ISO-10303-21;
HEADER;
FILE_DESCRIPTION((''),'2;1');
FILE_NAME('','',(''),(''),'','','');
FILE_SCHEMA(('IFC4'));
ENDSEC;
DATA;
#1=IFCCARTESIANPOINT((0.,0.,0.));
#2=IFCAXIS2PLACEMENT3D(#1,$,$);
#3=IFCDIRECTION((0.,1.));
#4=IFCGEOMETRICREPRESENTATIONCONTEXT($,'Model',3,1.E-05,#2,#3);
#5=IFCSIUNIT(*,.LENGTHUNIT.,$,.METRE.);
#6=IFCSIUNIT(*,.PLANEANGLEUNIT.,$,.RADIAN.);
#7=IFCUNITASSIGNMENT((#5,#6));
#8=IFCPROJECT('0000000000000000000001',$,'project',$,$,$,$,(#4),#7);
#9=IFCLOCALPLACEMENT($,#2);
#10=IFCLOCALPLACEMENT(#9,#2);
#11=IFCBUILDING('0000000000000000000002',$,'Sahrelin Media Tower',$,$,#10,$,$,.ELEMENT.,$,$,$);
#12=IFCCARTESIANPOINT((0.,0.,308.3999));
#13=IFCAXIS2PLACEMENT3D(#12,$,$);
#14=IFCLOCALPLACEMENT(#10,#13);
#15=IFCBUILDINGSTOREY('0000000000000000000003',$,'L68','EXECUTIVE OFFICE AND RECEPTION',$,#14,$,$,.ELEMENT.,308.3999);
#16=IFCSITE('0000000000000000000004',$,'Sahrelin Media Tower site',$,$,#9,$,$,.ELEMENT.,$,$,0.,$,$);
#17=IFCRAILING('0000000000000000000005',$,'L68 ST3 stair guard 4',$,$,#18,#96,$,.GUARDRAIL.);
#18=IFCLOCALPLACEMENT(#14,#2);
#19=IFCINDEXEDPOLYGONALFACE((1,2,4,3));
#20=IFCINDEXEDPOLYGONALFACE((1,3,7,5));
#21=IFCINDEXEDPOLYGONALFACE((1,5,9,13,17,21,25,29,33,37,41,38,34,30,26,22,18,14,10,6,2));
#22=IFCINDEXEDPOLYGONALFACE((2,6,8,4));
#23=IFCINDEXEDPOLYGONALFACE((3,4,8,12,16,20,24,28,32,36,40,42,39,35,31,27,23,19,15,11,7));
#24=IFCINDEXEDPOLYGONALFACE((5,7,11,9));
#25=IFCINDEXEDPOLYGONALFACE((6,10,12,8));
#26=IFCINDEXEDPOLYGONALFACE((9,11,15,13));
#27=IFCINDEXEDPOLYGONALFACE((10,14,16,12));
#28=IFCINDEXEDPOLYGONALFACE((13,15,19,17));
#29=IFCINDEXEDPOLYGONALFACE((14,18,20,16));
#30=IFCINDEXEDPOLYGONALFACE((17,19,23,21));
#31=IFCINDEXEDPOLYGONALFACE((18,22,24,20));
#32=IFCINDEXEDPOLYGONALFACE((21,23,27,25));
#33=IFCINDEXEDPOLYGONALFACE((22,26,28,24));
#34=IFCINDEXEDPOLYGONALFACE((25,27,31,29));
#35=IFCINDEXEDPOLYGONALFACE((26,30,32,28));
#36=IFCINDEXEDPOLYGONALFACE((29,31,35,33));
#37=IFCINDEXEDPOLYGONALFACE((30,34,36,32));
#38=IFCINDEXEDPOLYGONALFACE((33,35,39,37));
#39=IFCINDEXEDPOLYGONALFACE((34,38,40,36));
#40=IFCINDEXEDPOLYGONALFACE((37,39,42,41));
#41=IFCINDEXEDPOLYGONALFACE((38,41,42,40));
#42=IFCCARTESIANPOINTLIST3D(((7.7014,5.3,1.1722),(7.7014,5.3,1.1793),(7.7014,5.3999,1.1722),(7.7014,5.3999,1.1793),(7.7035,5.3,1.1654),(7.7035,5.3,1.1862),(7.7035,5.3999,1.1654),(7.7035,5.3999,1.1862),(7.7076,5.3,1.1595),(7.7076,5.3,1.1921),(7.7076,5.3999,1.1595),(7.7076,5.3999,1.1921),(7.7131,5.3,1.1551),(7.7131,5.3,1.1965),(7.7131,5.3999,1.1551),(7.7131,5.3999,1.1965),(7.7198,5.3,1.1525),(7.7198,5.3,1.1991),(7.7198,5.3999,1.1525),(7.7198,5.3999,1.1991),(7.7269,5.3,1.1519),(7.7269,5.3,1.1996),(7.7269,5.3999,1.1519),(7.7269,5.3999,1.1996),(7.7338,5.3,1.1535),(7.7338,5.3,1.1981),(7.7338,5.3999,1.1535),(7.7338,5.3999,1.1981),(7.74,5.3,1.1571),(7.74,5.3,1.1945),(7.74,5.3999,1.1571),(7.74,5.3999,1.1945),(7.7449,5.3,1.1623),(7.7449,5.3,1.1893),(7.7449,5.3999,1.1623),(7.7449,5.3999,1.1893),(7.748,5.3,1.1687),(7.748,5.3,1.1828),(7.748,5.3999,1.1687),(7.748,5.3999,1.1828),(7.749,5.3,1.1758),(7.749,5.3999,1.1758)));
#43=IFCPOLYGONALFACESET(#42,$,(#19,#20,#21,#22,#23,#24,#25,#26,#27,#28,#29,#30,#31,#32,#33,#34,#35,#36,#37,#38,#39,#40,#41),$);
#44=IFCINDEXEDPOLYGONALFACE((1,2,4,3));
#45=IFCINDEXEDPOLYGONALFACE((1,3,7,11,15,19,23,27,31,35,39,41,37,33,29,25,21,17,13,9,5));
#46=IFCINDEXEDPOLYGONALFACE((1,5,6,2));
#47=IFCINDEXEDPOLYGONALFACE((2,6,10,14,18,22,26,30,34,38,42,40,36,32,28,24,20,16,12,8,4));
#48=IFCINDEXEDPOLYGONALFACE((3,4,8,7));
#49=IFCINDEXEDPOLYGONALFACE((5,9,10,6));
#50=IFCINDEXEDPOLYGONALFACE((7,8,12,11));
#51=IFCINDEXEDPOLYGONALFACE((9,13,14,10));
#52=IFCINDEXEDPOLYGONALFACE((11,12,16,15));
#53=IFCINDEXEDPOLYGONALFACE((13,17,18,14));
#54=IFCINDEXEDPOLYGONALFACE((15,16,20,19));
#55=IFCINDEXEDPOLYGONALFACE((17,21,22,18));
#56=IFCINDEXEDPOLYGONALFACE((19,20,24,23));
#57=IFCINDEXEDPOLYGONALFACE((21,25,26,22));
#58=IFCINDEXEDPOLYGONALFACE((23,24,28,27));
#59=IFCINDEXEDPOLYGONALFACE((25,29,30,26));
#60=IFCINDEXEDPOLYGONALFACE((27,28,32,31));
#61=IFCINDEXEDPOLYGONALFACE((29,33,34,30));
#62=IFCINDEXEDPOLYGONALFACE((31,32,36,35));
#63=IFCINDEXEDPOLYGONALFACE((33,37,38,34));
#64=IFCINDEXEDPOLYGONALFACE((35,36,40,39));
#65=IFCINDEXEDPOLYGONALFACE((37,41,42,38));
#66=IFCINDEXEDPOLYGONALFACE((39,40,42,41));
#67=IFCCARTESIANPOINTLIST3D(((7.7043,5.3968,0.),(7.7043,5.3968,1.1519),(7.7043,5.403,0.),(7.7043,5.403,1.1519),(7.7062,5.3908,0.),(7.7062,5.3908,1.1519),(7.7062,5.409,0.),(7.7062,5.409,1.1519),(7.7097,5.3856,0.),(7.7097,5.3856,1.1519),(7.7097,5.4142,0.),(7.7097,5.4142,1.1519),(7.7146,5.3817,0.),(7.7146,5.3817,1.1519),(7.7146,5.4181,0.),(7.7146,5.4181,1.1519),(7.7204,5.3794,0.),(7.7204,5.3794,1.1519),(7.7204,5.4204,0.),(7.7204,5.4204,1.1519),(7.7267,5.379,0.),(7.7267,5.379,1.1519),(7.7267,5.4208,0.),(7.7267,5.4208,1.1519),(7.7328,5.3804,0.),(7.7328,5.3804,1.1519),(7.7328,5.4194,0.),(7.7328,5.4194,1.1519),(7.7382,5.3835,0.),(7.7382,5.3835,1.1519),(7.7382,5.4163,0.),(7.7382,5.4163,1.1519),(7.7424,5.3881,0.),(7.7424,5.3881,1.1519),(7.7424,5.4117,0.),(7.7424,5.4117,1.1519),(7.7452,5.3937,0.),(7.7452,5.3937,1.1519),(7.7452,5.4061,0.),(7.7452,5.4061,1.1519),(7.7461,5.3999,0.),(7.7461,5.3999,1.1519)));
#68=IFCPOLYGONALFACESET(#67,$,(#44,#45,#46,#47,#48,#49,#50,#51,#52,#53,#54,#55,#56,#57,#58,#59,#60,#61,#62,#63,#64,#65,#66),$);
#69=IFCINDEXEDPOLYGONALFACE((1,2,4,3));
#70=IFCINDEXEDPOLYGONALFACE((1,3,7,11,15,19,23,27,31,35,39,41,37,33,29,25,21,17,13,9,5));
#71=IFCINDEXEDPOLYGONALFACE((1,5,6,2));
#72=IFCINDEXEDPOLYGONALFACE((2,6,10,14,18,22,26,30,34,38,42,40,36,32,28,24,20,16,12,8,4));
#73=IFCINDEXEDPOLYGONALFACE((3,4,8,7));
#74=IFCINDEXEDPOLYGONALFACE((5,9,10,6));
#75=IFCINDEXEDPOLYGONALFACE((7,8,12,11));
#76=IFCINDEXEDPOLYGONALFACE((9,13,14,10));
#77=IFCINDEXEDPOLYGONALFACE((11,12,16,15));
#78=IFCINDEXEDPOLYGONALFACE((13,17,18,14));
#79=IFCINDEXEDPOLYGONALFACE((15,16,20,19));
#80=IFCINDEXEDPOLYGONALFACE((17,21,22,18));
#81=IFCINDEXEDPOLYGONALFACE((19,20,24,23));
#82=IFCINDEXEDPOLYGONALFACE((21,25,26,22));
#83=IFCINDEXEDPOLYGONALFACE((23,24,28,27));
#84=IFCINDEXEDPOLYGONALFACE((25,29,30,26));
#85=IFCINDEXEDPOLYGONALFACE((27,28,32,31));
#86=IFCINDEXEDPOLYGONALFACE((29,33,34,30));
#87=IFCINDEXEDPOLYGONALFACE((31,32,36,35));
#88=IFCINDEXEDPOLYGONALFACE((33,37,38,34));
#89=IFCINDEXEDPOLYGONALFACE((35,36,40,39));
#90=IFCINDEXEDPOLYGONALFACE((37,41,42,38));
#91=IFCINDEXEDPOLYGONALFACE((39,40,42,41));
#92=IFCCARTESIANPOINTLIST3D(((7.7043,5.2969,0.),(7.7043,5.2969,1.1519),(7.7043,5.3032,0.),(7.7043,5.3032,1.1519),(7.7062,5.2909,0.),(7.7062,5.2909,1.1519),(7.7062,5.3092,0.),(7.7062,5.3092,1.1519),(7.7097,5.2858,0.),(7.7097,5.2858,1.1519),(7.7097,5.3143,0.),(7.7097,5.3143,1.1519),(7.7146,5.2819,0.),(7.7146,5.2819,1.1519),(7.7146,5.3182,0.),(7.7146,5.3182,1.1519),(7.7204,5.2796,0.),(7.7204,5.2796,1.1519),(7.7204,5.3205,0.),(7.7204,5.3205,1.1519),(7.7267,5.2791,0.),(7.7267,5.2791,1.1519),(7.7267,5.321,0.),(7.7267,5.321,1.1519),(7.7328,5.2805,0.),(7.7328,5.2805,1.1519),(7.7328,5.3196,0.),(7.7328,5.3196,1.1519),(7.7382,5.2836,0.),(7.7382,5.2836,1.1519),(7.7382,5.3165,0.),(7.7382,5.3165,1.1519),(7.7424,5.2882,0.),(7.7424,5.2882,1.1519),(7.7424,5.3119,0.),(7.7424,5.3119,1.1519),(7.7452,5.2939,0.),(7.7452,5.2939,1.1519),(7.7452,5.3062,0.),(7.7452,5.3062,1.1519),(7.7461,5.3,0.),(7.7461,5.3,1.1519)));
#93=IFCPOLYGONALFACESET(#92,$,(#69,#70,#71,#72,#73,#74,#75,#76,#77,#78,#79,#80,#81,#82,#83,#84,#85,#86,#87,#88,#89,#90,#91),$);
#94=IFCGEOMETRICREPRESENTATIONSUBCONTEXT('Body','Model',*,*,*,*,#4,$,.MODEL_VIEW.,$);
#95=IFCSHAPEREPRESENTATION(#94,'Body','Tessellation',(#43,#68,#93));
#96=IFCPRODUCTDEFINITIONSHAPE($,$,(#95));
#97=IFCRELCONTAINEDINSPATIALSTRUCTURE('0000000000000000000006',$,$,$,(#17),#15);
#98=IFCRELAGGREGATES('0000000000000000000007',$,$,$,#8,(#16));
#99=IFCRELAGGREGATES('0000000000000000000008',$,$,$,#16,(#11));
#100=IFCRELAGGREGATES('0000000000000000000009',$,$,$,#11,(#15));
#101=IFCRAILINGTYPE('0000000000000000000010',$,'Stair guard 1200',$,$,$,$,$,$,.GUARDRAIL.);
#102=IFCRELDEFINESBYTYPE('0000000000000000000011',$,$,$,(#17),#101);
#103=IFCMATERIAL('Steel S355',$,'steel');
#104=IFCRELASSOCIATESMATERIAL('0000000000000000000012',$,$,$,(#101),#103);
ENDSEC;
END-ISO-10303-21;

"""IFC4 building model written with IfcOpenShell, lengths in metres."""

from ifc_helpers import new_model, si_unit, direction, frame, origin, origin_2d, place, context, subcontext, project, spatial, circle, extrude, material, type_object, element, save


model = new_model("IFC4")

# Units and contexts
model_context = context("Model", 3, precision=1e-05, world=origin(), true_north=direction((0.0, 1.0)))
body_context = subcontext(model_context, "Body", "Model", "MODEL_VIEW")
ifc_project = project(units=[si_unit("LENGTHUNIT", "METRE"), si_unit("PLANEANGLEUNIT", "RADIAN")], contexts=[model_context])

# Site, building, storey
site_placement = place(None, origin())
site = spatial("IfcSite", under=ifc_project, at=site_placement, Name="Sahrelin Media Tower site", CompositionType="ELEMENT", RefElevation=0.0)
building_placement = place(site_placement, origin())
building = spatial("IfcBuilding", under=site, at=building_placement, Name="Sahrelin Media Tower", CompositionType="ELEMENT")
storey_placement = place(building_placement, frame((0.0, 0.0, 308.3999)))
storey = spatial("IfcBuildingStorey", under=building, at=storey_placement, Name="L68", Description="EXECUTIVE OFFICE AND RECEPTION", CompositionType="ELEMENT", Elevation=308.3999)

# Shared definitions
ifc_material_1 = material(Name="Steel S355", Category="steel")

# Railing
railing_type_1 = type_object("IfcRailingType", Name="Stair guard 1200", PredefinedType="GUARDRAIL", material=ifc_material_1)
railing_1_placement = place(storey_placement, frame((7.7251, 5.3999, 0.0)))
element("IfcRailing", 1, at=railing_1_placement, inside=storey, type_object=railing_type_1, Name="L68 ST3 stair guard 4", PredefinedType="GUARDRAIL", context=body_context, shape_type="SweptSolid", body=[
    extrude(circle(Radius=0.0239, at=origin_2d()), frame((0.0, 0.0, 1.1758), z_axis=(0.0, -1.0, 0.0), x_axis=(1.0, 0.0, 0.0)), (0.0, 0.0, 1.0), 0.0999),
    extrude(circle(Radius=0.021, at=origin_2d()), origin(), (0.0, 0.0, 1.0), 1.1519),
    extrude(circle(Radius=0.021, at=origin_2d()), frame((0.0, -0.0999, 0.0)), (0.0, 0.0, 1.0), 1.1519),
])

save(model, "model.ifc")
